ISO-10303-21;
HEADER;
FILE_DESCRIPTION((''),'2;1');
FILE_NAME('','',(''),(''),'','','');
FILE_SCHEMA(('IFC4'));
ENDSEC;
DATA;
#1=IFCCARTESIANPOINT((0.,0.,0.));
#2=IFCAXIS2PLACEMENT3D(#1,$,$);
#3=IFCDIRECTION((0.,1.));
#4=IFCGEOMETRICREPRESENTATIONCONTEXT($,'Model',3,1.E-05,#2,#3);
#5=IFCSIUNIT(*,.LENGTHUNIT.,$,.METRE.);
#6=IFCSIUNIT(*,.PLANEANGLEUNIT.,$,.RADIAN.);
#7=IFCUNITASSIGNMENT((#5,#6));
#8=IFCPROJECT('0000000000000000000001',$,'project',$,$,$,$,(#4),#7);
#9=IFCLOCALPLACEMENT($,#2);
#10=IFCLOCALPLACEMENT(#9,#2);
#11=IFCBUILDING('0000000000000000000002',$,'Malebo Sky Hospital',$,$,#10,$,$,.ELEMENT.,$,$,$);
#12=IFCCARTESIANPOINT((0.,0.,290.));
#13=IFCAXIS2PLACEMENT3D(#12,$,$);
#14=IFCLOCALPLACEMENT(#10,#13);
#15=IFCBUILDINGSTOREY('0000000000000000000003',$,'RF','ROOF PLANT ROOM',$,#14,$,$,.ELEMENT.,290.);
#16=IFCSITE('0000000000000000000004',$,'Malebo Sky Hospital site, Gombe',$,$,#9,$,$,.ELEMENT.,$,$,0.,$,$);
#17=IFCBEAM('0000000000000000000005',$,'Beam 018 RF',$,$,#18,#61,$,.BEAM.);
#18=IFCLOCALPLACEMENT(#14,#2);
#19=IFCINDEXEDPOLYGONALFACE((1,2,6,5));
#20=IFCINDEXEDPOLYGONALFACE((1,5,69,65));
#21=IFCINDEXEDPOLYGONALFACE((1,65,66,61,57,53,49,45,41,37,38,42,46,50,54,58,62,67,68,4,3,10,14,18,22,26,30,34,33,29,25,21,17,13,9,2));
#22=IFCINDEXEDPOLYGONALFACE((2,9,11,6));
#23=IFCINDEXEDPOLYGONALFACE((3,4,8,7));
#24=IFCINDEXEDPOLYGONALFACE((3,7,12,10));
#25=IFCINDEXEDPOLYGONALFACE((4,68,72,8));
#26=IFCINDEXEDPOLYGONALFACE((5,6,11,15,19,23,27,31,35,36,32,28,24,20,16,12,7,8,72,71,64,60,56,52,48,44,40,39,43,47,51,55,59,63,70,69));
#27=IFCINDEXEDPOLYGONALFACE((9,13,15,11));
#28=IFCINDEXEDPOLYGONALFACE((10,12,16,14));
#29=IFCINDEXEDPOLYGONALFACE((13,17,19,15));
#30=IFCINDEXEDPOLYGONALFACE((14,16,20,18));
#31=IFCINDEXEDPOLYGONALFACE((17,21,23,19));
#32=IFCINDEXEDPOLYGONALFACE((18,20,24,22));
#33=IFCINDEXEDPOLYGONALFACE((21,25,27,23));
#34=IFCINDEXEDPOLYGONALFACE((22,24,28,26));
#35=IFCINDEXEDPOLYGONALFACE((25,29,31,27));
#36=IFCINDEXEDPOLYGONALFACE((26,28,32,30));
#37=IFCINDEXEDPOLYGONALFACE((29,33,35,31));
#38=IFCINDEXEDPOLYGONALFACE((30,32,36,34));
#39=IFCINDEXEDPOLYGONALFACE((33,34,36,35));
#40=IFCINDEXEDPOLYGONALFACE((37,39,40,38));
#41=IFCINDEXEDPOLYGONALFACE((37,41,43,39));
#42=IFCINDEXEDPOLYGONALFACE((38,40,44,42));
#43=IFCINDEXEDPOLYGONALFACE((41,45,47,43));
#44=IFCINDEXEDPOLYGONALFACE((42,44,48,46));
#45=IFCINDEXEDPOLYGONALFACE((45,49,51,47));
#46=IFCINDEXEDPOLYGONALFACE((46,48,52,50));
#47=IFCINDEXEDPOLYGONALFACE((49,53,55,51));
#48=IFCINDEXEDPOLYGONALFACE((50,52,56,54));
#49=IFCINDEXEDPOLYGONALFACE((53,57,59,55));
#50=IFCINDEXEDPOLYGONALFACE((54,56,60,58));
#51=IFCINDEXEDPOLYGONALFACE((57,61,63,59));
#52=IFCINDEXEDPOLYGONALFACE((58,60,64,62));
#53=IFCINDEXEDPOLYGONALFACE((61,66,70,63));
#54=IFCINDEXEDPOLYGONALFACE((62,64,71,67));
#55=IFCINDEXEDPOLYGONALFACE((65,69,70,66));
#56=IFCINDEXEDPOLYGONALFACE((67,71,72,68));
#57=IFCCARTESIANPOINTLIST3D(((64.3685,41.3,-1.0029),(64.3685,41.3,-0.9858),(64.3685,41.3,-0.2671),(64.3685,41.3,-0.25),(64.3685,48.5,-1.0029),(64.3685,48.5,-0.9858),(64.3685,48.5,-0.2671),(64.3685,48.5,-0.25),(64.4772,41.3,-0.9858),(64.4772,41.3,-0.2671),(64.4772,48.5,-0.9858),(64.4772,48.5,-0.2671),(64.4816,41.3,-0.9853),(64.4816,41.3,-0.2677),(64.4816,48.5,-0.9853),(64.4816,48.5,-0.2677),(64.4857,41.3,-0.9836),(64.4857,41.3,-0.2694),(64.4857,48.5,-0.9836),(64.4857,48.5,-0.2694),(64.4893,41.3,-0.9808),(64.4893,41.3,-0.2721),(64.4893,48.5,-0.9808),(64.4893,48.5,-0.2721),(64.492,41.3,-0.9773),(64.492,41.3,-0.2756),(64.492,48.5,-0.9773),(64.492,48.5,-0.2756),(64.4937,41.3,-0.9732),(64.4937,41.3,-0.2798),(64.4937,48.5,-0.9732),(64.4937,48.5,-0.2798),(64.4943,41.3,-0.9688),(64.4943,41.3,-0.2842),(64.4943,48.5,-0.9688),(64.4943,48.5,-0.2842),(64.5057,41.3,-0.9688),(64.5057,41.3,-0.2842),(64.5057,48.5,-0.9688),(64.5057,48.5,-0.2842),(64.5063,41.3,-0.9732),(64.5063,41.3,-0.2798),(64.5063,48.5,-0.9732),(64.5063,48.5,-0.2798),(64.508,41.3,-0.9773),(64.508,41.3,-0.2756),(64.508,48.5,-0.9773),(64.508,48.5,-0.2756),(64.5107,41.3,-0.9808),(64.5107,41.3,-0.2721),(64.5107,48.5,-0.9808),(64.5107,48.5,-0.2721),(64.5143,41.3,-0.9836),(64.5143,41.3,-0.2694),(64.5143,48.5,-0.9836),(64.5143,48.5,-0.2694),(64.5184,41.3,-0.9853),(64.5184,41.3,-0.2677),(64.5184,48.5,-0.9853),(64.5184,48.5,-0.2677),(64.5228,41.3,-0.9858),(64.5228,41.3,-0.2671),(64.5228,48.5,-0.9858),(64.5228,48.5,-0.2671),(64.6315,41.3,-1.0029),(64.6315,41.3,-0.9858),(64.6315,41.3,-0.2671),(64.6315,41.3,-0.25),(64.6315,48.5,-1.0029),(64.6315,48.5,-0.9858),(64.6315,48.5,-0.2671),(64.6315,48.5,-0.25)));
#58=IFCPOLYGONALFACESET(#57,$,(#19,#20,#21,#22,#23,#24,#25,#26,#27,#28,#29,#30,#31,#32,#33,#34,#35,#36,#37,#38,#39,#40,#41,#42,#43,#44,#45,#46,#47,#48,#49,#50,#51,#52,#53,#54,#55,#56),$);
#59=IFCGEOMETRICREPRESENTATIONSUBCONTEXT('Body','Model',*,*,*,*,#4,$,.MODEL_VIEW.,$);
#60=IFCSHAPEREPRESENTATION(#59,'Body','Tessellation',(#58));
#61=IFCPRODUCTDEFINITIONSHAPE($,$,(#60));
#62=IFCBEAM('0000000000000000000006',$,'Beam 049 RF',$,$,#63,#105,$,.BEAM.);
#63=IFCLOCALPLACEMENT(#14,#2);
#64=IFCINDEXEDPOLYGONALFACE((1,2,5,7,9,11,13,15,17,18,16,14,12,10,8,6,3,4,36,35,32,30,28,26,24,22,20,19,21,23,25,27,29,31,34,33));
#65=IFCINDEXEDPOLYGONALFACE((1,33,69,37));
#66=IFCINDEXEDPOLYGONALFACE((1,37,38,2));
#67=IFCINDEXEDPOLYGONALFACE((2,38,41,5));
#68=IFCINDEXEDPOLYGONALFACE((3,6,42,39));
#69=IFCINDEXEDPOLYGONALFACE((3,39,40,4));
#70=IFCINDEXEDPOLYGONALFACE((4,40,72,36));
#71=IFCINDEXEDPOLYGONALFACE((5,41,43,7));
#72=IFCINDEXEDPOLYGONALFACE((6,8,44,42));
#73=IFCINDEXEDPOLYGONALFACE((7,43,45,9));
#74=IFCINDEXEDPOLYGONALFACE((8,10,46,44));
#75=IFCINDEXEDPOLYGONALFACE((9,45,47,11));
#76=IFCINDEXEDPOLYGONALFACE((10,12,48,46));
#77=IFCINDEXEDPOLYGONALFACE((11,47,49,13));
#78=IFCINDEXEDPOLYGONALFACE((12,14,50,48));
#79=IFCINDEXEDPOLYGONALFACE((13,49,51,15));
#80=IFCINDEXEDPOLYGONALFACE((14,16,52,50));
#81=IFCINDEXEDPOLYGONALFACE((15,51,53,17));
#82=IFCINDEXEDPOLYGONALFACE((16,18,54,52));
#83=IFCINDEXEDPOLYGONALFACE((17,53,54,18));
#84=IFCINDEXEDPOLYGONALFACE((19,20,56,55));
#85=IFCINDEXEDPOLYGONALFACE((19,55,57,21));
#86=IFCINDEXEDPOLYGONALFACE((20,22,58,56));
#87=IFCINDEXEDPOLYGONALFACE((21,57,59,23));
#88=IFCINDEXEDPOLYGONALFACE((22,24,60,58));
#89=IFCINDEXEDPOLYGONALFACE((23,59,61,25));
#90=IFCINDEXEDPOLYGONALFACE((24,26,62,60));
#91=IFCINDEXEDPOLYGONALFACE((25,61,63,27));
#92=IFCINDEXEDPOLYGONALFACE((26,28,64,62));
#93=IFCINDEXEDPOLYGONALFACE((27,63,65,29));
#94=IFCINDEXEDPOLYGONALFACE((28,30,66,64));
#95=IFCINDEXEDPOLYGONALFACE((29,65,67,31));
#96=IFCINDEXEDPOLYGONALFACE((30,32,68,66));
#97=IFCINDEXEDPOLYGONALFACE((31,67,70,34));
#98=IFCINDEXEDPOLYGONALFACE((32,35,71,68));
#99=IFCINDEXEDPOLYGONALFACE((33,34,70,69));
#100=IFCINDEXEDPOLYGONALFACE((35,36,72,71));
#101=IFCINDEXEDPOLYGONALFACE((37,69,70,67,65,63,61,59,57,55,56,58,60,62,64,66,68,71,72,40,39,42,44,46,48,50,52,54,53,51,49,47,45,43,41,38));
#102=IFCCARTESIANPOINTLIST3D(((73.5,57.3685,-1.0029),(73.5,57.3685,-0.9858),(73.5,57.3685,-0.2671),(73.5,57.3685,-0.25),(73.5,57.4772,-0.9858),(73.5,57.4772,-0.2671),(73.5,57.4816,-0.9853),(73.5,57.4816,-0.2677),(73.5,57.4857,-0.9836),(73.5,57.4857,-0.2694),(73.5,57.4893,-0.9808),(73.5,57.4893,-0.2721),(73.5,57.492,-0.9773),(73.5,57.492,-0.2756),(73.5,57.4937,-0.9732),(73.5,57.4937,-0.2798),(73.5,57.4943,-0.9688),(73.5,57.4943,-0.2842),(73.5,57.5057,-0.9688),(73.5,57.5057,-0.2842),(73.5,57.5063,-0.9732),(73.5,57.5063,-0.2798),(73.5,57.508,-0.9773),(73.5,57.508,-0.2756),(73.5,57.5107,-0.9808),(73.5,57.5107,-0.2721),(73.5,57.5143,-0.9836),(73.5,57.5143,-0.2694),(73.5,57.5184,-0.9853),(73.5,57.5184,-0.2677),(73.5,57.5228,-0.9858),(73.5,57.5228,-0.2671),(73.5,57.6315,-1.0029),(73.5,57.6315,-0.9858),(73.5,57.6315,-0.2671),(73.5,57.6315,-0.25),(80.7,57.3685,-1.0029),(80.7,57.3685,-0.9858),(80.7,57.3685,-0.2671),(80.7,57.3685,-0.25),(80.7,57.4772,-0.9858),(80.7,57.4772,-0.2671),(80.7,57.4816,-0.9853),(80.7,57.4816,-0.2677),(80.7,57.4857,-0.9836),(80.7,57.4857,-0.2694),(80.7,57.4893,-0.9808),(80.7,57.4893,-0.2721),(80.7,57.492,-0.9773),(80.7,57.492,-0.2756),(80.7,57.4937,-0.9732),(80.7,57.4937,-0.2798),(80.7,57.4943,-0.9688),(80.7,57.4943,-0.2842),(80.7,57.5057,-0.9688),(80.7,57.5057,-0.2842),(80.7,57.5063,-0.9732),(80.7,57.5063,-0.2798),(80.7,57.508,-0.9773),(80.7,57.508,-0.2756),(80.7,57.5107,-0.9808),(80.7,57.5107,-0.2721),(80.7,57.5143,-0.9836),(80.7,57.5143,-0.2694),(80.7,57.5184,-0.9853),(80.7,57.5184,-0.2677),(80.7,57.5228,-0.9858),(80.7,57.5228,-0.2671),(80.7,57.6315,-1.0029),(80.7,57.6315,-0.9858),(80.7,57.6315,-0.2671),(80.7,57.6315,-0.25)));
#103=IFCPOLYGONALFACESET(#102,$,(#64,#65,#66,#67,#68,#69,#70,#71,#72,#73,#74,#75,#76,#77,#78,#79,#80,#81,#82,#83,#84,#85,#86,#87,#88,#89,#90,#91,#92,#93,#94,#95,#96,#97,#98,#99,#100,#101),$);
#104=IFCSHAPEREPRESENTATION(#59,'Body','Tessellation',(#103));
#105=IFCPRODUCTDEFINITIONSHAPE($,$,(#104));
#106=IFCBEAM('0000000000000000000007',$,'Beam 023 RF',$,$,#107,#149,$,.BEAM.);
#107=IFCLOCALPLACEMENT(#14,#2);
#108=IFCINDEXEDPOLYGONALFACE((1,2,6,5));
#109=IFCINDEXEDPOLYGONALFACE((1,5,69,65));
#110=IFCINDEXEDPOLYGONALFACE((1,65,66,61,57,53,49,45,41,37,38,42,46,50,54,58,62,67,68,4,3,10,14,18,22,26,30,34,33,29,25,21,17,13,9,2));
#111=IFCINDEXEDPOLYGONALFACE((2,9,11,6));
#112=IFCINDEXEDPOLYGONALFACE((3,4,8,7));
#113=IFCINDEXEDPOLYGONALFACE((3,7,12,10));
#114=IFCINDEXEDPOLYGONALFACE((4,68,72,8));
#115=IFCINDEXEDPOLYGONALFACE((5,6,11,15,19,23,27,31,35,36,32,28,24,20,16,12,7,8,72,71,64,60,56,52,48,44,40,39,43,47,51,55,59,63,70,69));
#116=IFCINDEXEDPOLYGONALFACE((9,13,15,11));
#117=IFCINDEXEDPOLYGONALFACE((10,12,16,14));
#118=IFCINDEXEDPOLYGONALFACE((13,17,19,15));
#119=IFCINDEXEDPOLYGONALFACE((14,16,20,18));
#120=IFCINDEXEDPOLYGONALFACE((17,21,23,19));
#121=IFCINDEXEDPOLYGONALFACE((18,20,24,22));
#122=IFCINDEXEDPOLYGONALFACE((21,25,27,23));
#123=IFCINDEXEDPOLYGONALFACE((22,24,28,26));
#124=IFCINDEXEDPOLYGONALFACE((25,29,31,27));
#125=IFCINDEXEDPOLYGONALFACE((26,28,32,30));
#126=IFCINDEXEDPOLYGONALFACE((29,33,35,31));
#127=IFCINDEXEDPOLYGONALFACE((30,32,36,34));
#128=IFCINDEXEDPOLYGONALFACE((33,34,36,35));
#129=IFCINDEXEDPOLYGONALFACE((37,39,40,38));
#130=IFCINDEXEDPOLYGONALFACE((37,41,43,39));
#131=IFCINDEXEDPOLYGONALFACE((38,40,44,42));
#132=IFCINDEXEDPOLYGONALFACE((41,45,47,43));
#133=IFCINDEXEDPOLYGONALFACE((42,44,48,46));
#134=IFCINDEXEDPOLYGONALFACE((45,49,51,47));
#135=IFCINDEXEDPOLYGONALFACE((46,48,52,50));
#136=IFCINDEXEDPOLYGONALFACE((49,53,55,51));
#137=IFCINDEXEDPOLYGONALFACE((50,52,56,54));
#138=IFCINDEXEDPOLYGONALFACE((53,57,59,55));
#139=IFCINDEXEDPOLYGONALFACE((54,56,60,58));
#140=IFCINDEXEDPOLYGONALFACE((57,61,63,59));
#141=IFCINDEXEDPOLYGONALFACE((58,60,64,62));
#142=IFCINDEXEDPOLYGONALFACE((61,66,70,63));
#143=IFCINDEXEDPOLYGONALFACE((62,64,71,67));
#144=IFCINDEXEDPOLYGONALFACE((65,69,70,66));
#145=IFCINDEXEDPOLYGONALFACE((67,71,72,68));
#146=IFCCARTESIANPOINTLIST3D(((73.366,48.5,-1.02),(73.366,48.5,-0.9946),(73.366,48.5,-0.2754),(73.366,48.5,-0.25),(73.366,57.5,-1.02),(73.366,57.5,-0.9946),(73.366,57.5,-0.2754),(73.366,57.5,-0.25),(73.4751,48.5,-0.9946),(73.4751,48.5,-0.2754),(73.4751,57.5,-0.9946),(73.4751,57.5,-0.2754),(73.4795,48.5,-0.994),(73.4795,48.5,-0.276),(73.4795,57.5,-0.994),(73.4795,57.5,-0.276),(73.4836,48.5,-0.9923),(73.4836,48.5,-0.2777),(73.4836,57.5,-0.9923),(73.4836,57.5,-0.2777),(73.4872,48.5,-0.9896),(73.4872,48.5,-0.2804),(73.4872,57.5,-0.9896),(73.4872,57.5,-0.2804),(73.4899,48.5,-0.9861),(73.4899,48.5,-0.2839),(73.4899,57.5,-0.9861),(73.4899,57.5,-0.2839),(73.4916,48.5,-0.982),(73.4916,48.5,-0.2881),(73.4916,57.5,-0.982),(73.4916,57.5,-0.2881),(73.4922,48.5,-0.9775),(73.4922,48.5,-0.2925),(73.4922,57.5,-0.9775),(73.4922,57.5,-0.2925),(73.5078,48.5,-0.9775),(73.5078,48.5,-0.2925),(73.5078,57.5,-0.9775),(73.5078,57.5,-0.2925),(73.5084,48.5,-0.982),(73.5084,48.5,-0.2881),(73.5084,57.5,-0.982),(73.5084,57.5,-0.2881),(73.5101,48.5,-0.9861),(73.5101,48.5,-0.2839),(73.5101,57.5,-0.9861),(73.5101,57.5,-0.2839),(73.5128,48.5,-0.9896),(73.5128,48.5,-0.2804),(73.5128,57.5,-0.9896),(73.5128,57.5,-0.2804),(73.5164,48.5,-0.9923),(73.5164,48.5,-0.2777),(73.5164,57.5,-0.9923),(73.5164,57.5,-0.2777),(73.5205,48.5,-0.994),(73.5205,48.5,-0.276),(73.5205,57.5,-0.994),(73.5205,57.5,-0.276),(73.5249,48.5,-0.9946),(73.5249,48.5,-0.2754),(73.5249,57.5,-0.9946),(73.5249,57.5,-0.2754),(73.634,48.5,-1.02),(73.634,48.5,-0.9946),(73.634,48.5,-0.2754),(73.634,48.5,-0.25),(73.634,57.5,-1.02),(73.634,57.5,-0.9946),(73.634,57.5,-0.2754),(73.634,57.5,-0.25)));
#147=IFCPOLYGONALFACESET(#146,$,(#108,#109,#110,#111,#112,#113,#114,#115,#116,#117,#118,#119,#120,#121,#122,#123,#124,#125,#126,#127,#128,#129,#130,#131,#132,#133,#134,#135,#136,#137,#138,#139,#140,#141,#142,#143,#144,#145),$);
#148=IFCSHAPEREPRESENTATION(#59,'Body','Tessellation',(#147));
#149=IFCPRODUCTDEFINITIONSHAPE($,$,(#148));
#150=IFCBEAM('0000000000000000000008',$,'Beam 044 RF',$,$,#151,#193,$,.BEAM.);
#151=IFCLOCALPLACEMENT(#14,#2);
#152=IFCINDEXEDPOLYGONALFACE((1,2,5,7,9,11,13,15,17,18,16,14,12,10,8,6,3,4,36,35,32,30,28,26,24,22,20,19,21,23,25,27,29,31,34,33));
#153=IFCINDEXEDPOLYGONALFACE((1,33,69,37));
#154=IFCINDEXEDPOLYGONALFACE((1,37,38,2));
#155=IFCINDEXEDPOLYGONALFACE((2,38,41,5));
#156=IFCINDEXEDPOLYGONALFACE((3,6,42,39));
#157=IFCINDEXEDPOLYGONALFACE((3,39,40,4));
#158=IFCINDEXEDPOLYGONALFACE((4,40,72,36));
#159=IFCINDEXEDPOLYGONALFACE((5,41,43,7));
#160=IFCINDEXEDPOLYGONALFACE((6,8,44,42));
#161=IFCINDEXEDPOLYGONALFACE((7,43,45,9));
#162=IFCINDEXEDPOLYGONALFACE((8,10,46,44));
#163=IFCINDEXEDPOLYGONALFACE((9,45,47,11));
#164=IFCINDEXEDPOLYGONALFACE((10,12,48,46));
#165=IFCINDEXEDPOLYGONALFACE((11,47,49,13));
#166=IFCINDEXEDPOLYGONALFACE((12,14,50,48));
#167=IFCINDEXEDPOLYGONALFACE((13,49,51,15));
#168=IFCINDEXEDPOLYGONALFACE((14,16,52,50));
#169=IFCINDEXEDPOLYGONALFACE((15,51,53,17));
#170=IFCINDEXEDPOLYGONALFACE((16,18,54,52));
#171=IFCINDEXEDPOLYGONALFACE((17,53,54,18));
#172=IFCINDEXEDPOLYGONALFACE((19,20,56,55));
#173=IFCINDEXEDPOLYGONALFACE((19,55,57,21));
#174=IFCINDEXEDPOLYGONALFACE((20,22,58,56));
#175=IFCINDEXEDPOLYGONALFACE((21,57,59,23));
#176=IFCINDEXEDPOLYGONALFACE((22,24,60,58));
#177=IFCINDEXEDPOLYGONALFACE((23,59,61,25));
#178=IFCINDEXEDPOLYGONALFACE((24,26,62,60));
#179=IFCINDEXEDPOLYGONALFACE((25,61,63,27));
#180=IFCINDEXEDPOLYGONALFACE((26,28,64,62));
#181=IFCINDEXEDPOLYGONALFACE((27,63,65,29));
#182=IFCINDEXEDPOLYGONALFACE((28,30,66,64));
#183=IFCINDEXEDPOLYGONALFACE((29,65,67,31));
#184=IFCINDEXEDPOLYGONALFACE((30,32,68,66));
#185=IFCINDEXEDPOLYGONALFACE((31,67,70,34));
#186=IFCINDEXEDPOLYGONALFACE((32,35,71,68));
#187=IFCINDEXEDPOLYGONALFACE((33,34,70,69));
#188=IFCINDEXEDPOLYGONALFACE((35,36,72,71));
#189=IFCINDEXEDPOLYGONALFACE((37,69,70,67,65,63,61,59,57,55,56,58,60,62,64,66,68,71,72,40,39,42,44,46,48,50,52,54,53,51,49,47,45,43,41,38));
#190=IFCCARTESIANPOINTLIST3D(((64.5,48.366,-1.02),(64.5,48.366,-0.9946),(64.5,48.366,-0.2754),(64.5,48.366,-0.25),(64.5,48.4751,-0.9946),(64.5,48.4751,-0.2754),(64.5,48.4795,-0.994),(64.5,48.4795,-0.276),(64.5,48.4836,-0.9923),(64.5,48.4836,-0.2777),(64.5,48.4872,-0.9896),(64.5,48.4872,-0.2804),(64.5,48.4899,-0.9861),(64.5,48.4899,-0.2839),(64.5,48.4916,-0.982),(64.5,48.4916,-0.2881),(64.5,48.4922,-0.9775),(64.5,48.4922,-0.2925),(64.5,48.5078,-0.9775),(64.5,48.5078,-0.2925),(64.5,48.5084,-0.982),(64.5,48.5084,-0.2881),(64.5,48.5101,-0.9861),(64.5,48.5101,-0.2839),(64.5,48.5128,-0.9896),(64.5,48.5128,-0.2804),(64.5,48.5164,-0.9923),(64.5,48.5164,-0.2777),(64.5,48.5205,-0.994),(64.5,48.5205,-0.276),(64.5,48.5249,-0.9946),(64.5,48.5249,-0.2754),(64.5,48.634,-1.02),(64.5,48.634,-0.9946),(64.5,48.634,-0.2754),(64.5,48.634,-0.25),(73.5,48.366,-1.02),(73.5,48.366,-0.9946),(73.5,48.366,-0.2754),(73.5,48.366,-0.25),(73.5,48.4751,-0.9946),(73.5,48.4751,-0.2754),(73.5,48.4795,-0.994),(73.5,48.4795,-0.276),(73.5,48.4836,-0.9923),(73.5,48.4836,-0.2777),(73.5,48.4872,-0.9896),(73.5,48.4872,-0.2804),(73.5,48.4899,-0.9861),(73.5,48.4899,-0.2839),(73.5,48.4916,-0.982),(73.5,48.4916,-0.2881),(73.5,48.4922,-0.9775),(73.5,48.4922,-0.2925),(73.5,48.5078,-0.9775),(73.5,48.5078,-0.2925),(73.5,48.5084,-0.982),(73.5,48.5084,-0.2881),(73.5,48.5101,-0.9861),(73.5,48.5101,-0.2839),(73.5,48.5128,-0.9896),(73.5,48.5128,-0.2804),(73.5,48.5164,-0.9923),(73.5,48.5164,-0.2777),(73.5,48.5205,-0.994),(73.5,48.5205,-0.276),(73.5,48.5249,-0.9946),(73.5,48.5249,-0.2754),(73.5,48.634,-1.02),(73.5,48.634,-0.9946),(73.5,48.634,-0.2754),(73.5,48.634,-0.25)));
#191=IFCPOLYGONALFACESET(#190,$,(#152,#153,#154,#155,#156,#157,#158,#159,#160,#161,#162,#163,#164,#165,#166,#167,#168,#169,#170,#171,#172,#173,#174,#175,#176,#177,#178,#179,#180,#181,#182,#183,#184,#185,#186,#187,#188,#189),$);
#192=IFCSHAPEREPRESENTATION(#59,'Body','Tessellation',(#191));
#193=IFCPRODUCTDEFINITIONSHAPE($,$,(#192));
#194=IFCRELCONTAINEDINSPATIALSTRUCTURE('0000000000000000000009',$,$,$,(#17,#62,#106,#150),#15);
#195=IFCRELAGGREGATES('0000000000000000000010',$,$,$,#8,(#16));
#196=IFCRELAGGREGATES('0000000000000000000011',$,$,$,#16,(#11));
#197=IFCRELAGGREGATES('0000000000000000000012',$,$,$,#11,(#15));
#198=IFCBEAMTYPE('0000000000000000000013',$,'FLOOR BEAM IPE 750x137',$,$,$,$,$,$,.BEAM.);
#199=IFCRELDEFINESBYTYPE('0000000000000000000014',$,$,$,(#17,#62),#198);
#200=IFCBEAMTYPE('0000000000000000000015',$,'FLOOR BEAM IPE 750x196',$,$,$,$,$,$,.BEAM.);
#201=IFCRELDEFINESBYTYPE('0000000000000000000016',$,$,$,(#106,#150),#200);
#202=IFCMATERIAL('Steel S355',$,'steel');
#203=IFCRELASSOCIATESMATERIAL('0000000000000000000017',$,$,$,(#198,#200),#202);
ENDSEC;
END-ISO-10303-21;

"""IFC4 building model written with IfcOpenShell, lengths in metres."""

from ifc_helpers import new_model, si_unit, direction, frame, origin, origin_2d, place, context, subcontext, project, spatial, i_section, extrude, material, material_profile, profile_set, type_object, element, save


model = new_model("IFC4")

# Units and contexts
model_context = context("Model", 3, precision=1e-05, world=origin(), true_north=direction((0.0, 1.0)))
body_context = subcontext(model_context, "Body", "Model", "MODEL_VIEW")
ifc_project = project(units=[si_unit("LENGTHUNIT", "METRE"), si_unit("PLANEANGLEUNIT", "RADIAN")], contexts=[model_context])

# Site, building, storey
site_placement = place(None, origin())
site = spatial("IfcSite", under=ifc_project, at=site_placement, Name="Malebo Sky Hospital site, Gombe", CompositionType="ELEMENT", RefElevation=0.0)
building_placement = place(site_placement, origin())
building = spatial("IfcBuilding", under=site, at=building_placement, Name="Malebo Sky Hospital", CompositionType="ELEMENT")
storey_placement = place(building_placement, frame((0.0, 0.0, 290.0)))
storey = spatial("IfcBuildingStorey", under=building, at=storey_placement, Name="RF", Description="ROOF PLANT ROOM", CompositionType="ELEMENT", Elevation=290.0)

# Beams
ifc_material_1 = material(Name="Steel S355", Category="steel")
ifc_material_profile_1 = material_profile(ifc_material_1, i_section(OverallWidth=0.2629, OverallDepth=0.7529, WebThickness=0.0115, FlangeThickness=0.0171, FilletRadius=0.0171, at=origin_2d()), Name="IPE 750x137")
ifc_profile_set_1 = profile_set([ifc_material_profile_1], Name="Steel S355")
beam_type_1 = type_object("IfcBeamType", Name="FLOOR BEAM IPE 750x137", PredefinedType="BEAM", material=ifc_profile_set_1)
for number, where, z_axis, x_axis, name in (
    (1, (64.5, 41.3, -0.6265), (0.0, 1.0, 0.0), (-1.0, 0.0, 0.0), "Beam 018 RF"),
    (2, (73.5, 57.5, -0.6265), (1.0, 0.0, 0.0), (0.0, 1.0, 0.0), "Beam 049 RF"),
):
    element("IfcBeam", number, at=place(storey_placement, frame(where, z_axis=z_axis, x_axis=x_axis)), inside=storey, type_object=beam_type_1, Name=name, PredefinedType="BEAM", context=body_context, shape_type="SweptSolid", body=[
        extrude(i_section(OverallWidth=0.2629, OverallDepth=0.7529, WebThickness=0.0115, FlangeThickness=0.0171, FilletRadius=0.0171, at=origin_2d()), origin(), (0.0, 0.0, 1.0), 7.2),
    ])
ifc_material_profile_2 = material_profile(ifc_material_1, i_section(OverallWidth=0.2681, OverallDepth=0.77, WebThickness=0.0156, FlangeThickness=0.0254, FilletRadius=0.0171, at=origin_2d()), Name="IPE 750x196")
ifc_profile_set_2 = profile_set([ifc_material_profile_2], Name="Steel S355")
beam_type_2 = type_object("IfcBeamType", Name="FLOOR BEAM IPE 750x196", PredefinedType="BEAM", material=ifc_profile_set_2)
for number, where, z_axis, x_axis, name in (
    (3, (73.5, 48.5, -0.635), (0.0, 1.0, 0.0), (-1.0, 0.0, 0.0), "Beam 023 RF"),
    (4, (64.5, 48.5, -0.635), (1.0, 0.0, 0.0), (0.0, 1.0, 0.0), "Beam 044 RF"),
):
    element("IfcBeam", number, at=place(storey_placement, frame(where, z_axis=z_axis, x_axis=x_axis)), inside=storey, type_object=beam_type_2, Name=name, PredefinedType="BEAM", context=body_context, shape_type="SweptSolid", body=[
        extrude(i_section(OverallWidth=0.2681, OverallDepth=0.77, WebThickness=0.0156, FlangeThickness=0.0254, FilletRadius=0.0171, at=origin_2d()), origin(), (0.0, 0.0, 1.0), 9.0),
    ])

save(model, "model.ifc")
